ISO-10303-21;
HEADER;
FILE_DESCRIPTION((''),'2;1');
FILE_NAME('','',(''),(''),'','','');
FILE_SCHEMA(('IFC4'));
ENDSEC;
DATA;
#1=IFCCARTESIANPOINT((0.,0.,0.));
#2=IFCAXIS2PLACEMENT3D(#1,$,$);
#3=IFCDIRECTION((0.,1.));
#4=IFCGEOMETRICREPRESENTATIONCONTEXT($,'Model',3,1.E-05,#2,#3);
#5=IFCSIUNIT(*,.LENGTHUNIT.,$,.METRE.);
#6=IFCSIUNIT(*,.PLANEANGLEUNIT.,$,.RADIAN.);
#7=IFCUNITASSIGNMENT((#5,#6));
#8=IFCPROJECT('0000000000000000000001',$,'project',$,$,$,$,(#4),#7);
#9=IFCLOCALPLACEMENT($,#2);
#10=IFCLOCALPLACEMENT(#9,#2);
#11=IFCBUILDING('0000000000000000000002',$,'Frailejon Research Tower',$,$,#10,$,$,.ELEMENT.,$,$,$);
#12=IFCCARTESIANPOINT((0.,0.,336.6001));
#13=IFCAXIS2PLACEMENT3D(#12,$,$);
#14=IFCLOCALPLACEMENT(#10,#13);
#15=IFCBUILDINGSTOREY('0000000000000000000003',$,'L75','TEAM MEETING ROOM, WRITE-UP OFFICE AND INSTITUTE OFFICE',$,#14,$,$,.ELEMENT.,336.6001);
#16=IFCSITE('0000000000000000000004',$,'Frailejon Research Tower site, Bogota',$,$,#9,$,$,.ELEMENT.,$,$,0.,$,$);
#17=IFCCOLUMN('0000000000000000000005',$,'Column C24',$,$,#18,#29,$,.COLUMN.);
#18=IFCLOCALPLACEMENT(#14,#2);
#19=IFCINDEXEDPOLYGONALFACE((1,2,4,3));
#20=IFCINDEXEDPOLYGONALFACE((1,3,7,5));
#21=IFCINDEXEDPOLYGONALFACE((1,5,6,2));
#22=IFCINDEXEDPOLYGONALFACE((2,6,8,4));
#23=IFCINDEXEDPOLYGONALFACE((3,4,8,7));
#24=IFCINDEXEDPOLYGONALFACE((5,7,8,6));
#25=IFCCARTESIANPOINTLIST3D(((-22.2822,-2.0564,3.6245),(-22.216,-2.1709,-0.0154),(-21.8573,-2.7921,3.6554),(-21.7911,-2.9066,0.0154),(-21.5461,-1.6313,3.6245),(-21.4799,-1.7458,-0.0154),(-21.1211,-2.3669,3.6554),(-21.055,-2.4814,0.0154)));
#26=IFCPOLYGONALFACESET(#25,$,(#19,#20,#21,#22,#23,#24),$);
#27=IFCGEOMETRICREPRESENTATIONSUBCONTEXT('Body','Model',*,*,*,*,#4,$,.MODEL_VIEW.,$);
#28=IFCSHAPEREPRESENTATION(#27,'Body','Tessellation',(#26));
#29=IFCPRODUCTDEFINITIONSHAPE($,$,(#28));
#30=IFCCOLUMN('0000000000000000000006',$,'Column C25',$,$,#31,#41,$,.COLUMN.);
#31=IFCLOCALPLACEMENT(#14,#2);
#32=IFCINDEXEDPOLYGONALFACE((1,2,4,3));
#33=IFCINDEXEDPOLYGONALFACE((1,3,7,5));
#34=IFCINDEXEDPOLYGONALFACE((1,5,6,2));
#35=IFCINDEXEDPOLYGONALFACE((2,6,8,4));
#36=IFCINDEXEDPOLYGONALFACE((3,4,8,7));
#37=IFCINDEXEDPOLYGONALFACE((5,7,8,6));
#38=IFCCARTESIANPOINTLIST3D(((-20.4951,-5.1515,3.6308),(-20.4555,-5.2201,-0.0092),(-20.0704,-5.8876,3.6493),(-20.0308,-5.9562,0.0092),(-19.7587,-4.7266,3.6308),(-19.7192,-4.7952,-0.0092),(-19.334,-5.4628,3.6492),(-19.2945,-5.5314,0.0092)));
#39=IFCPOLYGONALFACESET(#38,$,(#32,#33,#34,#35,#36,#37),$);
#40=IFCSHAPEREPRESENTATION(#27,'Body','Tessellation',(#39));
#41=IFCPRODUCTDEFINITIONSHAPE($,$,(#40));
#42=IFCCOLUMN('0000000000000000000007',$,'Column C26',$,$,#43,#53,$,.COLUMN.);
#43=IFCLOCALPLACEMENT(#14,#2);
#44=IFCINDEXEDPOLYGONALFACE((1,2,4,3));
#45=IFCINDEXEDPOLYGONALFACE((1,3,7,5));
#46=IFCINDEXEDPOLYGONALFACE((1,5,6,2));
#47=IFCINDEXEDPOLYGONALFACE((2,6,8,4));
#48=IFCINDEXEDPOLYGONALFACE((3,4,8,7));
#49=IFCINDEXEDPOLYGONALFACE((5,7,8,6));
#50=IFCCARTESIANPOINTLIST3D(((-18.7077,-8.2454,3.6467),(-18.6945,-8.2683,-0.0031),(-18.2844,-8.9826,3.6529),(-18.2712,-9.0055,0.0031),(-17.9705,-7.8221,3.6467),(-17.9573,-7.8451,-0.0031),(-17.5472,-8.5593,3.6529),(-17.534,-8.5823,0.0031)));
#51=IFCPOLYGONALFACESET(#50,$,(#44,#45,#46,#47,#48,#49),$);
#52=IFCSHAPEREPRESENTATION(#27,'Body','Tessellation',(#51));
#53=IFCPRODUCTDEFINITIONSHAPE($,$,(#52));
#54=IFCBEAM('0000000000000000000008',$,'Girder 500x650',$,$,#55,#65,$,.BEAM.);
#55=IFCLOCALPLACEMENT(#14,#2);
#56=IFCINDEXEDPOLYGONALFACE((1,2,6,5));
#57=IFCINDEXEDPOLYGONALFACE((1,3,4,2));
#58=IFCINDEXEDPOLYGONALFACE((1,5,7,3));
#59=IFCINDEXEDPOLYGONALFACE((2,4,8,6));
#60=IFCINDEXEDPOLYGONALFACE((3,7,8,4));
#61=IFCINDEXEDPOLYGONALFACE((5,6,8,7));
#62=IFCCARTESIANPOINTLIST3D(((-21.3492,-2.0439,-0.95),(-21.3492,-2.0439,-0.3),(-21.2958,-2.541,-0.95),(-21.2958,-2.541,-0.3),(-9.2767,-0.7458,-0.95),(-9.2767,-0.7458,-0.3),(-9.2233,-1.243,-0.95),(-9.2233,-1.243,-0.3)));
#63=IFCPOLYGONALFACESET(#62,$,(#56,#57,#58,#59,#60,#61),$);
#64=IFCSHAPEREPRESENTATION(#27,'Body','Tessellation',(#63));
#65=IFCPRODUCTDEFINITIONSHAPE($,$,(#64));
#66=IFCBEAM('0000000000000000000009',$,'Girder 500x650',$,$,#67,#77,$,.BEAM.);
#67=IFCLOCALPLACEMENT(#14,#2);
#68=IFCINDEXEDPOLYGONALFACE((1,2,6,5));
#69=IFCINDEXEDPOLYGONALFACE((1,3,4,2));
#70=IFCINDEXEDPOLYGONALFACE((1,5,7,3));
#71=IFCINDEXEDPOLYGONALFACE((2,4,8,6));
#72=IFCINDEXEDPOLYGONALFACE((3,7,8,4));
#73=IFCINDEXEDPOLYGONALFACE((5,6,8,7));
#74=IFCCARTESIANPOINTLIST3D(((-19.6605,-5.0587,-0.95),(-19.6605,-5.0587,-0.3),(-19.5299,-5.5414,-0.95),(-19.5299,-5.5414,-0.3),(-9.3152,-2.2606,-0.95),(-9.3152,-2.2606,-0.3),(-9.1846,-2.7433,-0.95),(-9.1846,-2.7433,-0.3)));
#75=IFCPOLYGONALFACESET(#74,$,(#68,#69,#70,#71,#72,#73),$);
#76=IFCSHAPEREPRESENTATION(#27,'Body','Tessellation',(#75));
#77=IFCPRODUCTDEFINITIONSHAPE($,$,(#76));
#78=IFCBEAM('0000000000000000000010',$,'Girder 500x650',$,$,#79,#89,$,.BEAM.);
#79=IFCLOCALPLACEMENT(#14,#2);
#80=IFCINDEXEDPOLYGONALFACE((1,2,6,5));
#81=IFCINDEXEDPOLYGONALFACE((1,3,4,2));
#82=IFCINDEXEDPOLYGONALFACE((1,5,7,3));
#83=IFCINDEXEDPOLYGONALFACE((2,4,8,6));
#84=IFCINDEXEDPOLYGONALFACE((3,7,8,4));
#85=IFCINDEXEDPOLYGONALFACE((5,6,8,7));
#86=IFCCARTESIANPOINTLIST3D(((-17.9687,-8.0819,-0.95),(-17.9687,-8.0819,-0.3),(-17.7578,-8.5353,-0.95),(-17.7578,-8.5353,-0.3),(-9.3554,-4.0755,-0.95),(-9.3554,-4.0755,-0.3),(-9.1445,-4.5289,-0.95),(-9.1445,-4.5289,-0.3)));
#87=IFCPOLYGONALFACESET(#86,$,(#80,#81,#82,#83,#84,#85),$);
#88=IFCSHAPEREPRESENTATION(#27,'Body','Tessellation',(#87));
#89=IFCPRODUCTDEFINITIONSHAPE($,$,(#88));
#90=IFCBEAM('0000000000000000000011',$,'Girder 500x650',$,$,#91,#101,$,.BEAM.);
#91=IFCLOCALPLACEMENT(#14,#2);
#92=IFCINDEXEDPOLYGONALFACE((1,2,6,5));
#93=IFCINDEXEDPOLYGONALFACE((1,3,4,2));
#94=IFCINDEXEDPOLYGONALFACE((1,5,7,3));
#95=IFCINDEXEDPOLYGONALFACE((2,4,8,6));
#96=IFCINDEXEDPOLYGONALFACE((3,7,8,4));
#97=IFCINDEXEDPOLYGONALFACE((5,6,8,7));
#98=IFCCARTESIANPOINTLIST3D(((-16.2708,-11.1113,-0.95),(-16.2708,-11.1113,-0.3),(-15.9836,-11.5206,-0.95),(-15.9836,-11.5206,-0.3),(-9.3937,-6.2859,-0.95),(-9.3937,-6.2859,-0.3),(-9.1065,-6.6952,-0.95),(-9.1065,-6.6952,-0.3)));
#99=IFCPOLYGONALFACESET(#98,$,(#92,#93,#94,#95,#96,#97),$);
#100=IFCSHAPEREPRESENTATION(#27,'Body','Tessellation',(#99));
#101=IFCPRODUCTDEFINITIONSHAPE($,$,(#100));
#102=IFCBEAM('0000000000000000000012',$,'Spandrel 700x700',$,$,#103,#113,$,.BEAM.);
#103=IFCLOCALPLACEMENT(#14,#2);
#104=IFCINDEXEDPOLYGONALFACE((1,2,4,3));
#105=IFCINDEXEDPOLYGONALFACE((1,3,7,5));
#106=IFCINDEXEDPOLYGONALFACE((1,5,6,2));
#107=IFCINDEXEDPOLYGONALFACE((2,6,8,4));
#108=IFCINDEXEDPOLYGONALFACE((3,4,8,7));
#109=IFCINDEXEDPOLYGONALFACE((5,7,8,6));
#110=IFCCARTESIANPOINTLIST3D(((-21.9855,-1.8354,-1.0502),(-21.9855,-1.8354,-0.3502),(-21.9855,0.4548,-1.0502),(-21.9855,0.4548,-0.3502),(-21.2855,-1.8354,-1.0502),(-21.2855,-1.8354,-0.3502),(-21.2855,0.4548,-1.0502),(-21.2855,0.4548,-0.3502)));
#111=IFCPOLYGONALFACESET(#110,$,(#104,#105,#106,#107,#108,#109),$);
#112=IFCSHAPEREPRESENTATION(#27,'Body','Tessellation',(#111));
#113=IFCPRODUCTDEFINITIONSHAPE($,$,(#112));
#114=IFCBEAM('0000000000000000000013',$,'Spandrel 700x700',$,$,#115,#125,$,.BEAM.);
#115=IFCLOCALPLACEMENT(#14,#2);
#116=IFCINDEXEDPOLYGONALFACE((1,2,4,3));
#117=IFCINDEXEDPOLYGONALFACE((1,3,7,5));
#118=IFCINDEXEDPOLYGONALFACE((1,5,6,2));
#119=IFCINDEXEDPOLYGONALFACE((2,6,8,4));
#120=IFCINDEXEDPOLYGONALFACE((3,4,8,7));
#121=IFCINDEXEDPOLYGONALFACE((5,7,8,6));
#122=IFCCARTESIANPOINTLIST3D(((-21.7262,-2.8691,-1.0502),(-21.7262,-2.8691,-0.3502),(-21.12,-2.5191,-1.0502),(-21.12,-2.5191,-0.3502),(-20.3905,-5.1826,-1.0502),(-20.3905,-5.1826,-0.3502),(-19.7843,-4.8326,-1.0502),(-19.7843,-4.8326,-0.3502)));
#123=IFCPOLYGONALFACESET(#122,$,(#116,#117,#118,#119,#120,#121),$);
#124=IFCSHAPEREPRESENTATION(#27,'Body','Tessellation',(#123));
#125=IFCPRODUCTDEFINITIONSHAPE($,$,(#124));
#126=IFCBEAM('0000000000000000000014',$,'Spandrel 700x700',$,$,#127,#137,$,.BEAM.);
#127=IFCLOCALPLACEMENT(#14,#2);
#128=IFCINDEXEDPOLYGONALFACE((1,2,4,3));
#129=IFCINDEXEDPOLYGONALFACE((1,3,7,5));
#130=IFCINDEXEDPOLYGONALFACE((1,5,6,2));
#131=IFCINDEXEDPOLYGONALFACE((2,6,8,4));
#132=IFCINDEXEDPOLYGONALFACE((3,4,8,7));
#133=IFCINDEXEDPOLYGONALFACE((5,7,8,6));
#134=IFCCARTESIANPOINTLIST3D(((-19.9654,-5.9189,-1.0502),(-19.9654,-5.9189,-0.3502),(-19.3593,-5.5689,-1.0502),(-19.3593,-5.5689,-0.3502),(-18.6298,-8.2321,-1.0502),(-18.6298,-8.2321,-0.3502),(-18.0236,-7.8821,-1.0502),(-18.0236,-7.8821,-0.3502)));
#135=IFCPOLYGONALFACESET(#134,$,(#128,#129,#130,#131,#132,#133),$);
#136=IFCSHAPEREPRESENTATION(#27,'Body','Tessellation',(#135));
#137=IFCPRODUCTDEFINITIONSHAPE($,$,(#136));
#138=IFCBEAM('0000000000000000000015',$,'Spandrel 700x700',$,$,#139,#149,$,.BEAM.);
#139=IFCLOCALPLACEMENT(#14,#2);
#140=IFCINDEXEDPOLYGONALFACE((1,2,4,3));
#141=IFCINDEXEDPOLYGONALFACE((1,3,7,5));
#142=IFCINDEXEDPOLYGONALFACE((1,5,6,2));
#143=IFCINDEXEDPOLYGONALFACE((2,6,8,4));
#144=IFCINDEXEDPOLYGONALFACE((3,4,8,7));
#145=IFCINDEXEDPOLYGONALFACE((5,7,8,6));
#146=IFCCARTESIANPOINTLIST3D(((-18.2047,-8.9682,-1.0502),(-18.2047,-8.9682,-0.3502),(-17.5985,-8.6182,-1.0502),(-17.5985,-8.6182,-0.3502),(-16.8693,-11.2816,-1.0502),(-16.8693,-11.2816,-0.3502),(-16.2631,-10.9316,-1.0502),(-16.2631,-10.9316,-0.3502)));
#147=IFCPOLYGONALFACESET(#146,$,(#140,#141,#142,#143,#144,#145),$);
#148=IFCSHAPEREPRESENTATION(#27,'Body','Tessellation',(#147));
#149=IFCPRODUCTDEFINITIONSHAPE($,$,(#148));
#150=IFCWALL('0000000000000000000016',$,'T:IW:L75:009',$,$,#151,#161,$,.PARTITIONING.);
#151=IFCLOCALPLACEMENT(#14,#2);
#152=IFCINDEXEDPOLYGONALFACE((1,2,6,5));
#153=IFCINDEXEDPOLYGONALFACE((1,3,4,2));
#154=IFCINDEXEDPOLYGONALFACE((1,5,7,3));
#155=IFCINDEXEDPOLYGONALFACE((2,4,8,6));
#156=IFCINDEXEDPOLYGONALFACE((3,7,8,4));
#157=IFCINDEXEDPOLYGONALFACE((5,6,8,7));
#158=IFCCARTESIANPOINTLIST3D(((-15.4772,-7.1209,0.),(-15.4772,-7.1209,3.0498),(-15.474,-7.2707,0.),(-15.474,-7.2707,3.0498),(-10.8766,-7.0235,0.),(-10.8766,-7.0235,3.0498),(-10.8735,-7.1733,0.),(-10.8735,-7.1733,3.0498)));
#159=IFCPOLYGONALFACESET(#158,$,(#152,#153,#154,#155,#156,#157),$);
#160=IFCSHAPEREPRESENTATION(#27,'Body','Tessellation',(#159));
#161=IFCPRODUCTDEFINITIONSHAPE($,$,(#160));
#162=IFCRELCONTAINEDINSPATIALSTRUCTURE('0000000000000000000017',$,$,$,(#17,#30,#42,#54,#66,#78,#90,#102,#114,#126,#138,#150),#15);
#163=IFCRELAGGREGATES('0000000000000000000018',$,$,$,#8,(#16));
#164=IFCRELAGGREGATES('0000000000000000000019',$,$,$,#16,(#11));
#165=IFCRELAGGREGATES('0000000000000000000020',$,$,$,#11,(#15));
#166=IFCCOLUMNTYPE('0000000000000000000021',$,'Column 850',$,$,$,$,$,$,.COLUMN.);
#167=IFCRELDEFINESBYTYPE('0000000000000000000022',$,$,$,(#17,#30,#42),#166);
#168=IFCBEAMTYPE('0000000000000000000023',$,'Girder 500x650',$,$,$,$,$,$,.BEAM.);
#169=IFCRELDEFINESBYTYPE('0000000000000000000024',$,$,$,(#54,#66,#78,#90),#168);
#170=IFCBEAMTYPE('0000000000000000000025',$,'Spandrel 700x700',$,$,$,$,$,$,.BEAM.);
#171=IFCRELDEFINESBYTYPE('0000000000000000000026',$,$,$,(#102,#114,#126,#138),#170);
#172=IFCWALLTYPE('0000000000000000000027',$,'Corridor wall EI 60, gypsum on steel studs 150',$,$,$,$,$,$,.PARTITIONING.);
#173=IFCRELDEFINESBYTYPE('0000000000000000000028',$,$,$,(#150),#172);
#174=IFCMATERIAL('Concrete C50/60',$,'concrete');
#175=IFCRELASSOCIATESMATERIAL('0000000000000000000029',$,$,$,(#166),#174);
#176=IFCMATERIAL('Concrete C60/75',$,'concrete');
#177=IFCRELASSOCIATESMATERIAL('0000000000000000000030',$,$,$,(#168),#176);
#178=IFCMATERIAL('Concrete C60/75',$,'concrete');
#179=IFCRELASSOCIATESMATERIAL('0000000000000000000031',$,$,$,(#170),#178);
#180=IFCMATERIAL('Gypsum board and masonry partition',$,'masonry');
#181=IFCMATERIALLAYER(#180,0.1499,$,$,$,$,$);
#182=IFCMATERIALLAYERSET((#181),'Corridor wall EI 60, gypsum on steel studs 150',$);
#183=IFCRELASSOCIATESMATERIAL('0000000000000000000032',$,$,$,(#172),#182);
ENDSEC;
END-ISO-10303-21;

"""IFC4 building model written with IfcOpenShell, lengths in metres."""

from ifc_helpers import new_model, si_unit, direction, frame, frame_2d, origin, origin_2d, place, context, subcontext, project, spatial, rectangle, extrude, material, layer, layer_set, material_profile, profile_set, type_object, element, save


model = new_model("IFC4")

# Units and contexts
model_context = context("Model", 3, precision=1e-05, world=origin(), true_north=direction((0.0, 1.0)))
body_context = subcontext(model_context, "Body", "Model", "MODEL_VIEW")
ifc_project = project(units=[si_unit("LENGTHUNIT", "METRE"), si_unit("PLANEANGLEUNIT", "RADIAN")], contexts=[model_context])

# Site, building, storey
site_placement = place(None, origin())
site = spatial("IfcSite", under=ifc_project, at=site_placement, Name="Frailejon Research Tower site, Bogota", CompositionType="ELEMENT", RefElevation=0.0)
building_placement = place(site_placement, origin())
building = spatial("IfcBuilding", under=site, at=building_placement, Name="Frailejon Research Tower", CompositionType="ELEMENT")
storey_placement = place(building_placement, frame((0.0, 0.0, 336.6001)))
storey = spatial("IfcBuildingStorey", under=building, at=storey_placement, Name="L75", Description="TEAM MEETING ROOM, WRITE-UP OFFICE AND INSTITUTE OFFICE", CompositionType="ELEMENT", Elevation=336.6001)

# Columns
ifc_material_1 = material(Name="Concrete C50/60", Category="concrete")
ifc_material_profile_1 = material_profile(ifc_material_1, rectangle(XDim=0.8501, YDim=0.8501, at=origin_2d()), Name="Column 850")
ifc_profile_set_1 = profile_set([ifc_material_profile_1], Name="Concrete C50/60")
column_type = type_object("IfcColumnType", Name="Column 850", PredefinedType="COLUMN", material=ifc_profile_set_1)
column_1_placement = place(storey_placement, frame((-21.6355, -2.3262, 0.0), z_axis=(-0.018165, 0.031437, 0.999341), x_axis=(0.499838, -0.865358, 0.036308)))
element("IfcColumn", 1, at=column_1_placement, inside=storey, type_object=column_type, Name="Column C24", PredefinedType="COLUMN", context=body_context, shape_type="SweptSolid", body=[
    extrude(rectangle(XDim=0.8501, YDim=0.8501, at=origin_2d()), origin(), (0.0, 0.0, 1.0), 3.6423),
])
column_2_placement = place(storey_placement, frame((-19.875, -5.3757, 0.0), z_axis=(-0.010863, 0.018843, 0.999763), x_axis=(0.499616, -0.865974, 0.02175)))
element("IfcColumn", 2, at=column_2_placement, inside=storey, type_object=column_type, Name="Column C25", PredefinedType="COLUMN", context=body_context, shape_type="SweptSolid", body=[
    extrude(rectangle(XDim=0.8501, YDim=0.8501, at=origin_2d()), origin(), (0.0, 0.0, 1.0), 3.6409),
])
column_3_placement = place(storey_placement, frame((-18.1143, -8.4253, 0.0), z_axis=(-0.003612, 0.006287, 0.999974), x_axis=(0.49789, -0.86721, 0.007251)))
element("IfcColumn", 3, at=column_3_placement, inside=storey, type_object=column_type, Name="Column C26", PredefinedType="COLUMN", context=body_context, shape_type="SweptSolid", body=[
    extrude(rectangle(XDim=0.8501, YDim=0.8501, at=origin_2d()), origin(), (0.0, 0.0, 1.0), 3.6499),
])

# Beams
ifc_material_2 = material(Name="Concrete C60/75", Category="concrete")
ifc_material_profile_2 = material_profile(ifc_material_2, rectangle(XDim=0.5, YDim=0.6499, at=origin_2d()), Name="Girder 500x650")
ifc_profile_set_2 = profile_set([ifc_material_profile_2], Name="Concrete C60/75")
beam_type_1 = type_object("IfcBeamType", Name="Girder 500x650", PredefinedType="BEAM", material=ifc_profile_set_2)
beam_1_placement = place(storey_placement, frame((-21.3225, -2.2925, -0.625), z_axis=(0.994269, 0.106909, 0.0), x_axis=(-0.106909, 0.994269, 0.0)))
element("IfcBeam", 4, at=beam_1_placement, inside=storey, type_object=beam_type_1, Name="Girder 500x650", PredefinedType="BEAM", context=body_context, shape_type="SweptSolid", body=[
    extrude(rectangle(XDim=0.5, YDim=0.6499, at=origin_2d()), origin(), (0.0, 0.0, 1.0), 12.1421),
])
beam_2_placement = place(storey_placement, frame((-19.5952, -5.3, -0.625), z_axis=(0.965314, 0.261091, 0.0), x_axis=(-0.261091, 0.965314, 0.0)))
element("IfcBeam", 5, at=beam_2_placement, inside=storey, type_object=beam_type_1, Name="Girder 500x650", PredefinedType="BEAM", context=body_context, shape_type="SweptSolid", body=[
    extrude(rectangle(XDim=0.5, YDim=0.6499, at=origin_2d()), origin(), (0.0, 0.0, 1.0), 10.717),
])
beam_3_placement = place(storey_placement, frame((-17.8633, -8.3086, -0.625), z_axis=(0.906714, 0.421745, 0.0), x_axis=(-0.421745, 0.906714, 0.0)))
element("IfcBeam", 6, at=beam_3_placement, inside=storey, type_object=beam_type_1, Name="Girder 500x650", PredefinedType="BEAM", context=body_context, shape_type="SweptSolid", body=[
    extrude(rectangle(XDim=0.5, YDim=0.6499, at=origin_2d()), origin(), (0.0, 0.0, 1.0), 9.4995),
])
beam_4_placement = place(storey_placement, frame((-16.1272, -11.3159, -0.625), z_axis=(0.818594, 0.574373, 0.0), x_axis=(-0.574373, 0.818594, 0.0)))
element("IfcBeam", 7, at=beam_4_placement, inside=storey, type_object=beam_type_1, Name="Girder 500x650", PredefinedType="BEAM", context=body_context, shape_type="SweptSolid", body=[
    extrude(rectangle(XDim=0.5, YDim=0.6499, at=origin_2d()), origin(), (0.0, 0.0, 1.0), 8.4011),
])
ifc_material_3 = material(Name="Concrete C60/75", Category="concrete")
ifc_material_profile_3 = material_profile(ifc_material_3, rectangle(XDim=0.7, YDim=0.7, at=origin_2d()), Name="Spandrel 700x700")
ifc_profile_set_3 = profile_set([ifc_material_profile_3], Name="Concrete C60/75")
beam_type_2 = type_object("IfcBeamType", Name="Spandrel 700x700", PredefinedType="BEAM", material=ifc_profile_set_3)
beam_5_placement = place(storey_placement, frame((-21.6355, 0.4548, -0.7002), z_axis=(0.0, -1.0, 0.0), x_axis=(1.0, 0.0, 0.0)))
element("IfcBeam", 8, at=beam_5_placement, inside=storey, type_object=beam_type_2, Name="Spandrel 700x700", PredefinedType="BEAM", context=body_context, shape_type="SweptSolid", body=[
    extrude(rectangle(XDim=0.7, YDim=0.7, at=origin_2d()), origin(), (0.0, 0.0, 1.0), 2.2903),
])
beam_6_placement = place(storey_placement, frame((-21.4231, -2.6941, -0.7002), z_axis=(0.500002, -0.866024, 0.0), x_axis=(0.866024, 0.500002, 0.0)))
element("IfcBeam", 9, at=beam_6_placement, inside=storey, type_object=beam_type_2, Name="Spandrel 700x700", PredefinedType="BEAM", context=body_context, shape_type="SweptSolid", body=[
    extrude(rectangle(XDim=0.7, YDim=0.7, at=origin_2d()), origin(), (0.0, 0.0, 1.0), 2.6714),
])
for number, where, z_axis, x_axis, name in (
    (10, (-19.6624, -5.7439, -0.7002), (0.500042, -0.866001, 0.0), (0.866001, 0.500042, 0.0), "Spandrel 700x700"),
    (11, (-17.9016, -8.7932, -0.7002), (0.499933, -0.866064, 0.0), (0.866064, 0.499933, 0.0), "Spandrel 700x700"),
):
    element("IfcBeam", number, at=place(storey_placement, frame(where, z_axis=z_axis, x_axis=x_axis)), inside=storey, type_object=beam_type_2, Name=name, PredefinedType="BEAM", context=body_context, shape_type="SweptSolid", body=[
        extrude(rectangle(XDim=0.7, YDim=0.7, at=origin_2d()), origin(), (0.0, 0.0, 1.0), 2.6711),
    ])

# Wall
ifc_material_4 = material(Name="Gypsum board and masonry partition", Category="masonry")
ifc_layer_1 = layer(ifc_material_4, 0.1499)
ifc_layer_set_1 = layer_set([ifc_layer_1], Name="Corridor wall EI 60, gypsum on steel studs 150")
wall_type_1 = type_object("IfcWallType", Name="Corridor wall EI 60, gypsum on steel studs 150", PredefinedType="PARTITIONING", material=ifc_layer_set_1)
wall_1_placement = place(storey_placement, frame((-15.4756, -7.1958, 0.0), z_axis=(0.0, 0.0, 1.0), x_axis=(0.999776, 0.021169, 0.0)))
element("IfcWall", 12, at=wall_1_placement, inside=storey, type_object=wall_type_1, Name="T:IW:L75:009", PredefinedType="PARTITIONING", context=body_context, shape_type="SweptSolid", body=[
    extrude(rectangle(XDim=4.6016, YDim=0.1499, at=frame_2d((2.3008, 0.0))), origin(), (0.0, 0.0, 1.0), 3.0498),
])

save(model, "model.ifc")
